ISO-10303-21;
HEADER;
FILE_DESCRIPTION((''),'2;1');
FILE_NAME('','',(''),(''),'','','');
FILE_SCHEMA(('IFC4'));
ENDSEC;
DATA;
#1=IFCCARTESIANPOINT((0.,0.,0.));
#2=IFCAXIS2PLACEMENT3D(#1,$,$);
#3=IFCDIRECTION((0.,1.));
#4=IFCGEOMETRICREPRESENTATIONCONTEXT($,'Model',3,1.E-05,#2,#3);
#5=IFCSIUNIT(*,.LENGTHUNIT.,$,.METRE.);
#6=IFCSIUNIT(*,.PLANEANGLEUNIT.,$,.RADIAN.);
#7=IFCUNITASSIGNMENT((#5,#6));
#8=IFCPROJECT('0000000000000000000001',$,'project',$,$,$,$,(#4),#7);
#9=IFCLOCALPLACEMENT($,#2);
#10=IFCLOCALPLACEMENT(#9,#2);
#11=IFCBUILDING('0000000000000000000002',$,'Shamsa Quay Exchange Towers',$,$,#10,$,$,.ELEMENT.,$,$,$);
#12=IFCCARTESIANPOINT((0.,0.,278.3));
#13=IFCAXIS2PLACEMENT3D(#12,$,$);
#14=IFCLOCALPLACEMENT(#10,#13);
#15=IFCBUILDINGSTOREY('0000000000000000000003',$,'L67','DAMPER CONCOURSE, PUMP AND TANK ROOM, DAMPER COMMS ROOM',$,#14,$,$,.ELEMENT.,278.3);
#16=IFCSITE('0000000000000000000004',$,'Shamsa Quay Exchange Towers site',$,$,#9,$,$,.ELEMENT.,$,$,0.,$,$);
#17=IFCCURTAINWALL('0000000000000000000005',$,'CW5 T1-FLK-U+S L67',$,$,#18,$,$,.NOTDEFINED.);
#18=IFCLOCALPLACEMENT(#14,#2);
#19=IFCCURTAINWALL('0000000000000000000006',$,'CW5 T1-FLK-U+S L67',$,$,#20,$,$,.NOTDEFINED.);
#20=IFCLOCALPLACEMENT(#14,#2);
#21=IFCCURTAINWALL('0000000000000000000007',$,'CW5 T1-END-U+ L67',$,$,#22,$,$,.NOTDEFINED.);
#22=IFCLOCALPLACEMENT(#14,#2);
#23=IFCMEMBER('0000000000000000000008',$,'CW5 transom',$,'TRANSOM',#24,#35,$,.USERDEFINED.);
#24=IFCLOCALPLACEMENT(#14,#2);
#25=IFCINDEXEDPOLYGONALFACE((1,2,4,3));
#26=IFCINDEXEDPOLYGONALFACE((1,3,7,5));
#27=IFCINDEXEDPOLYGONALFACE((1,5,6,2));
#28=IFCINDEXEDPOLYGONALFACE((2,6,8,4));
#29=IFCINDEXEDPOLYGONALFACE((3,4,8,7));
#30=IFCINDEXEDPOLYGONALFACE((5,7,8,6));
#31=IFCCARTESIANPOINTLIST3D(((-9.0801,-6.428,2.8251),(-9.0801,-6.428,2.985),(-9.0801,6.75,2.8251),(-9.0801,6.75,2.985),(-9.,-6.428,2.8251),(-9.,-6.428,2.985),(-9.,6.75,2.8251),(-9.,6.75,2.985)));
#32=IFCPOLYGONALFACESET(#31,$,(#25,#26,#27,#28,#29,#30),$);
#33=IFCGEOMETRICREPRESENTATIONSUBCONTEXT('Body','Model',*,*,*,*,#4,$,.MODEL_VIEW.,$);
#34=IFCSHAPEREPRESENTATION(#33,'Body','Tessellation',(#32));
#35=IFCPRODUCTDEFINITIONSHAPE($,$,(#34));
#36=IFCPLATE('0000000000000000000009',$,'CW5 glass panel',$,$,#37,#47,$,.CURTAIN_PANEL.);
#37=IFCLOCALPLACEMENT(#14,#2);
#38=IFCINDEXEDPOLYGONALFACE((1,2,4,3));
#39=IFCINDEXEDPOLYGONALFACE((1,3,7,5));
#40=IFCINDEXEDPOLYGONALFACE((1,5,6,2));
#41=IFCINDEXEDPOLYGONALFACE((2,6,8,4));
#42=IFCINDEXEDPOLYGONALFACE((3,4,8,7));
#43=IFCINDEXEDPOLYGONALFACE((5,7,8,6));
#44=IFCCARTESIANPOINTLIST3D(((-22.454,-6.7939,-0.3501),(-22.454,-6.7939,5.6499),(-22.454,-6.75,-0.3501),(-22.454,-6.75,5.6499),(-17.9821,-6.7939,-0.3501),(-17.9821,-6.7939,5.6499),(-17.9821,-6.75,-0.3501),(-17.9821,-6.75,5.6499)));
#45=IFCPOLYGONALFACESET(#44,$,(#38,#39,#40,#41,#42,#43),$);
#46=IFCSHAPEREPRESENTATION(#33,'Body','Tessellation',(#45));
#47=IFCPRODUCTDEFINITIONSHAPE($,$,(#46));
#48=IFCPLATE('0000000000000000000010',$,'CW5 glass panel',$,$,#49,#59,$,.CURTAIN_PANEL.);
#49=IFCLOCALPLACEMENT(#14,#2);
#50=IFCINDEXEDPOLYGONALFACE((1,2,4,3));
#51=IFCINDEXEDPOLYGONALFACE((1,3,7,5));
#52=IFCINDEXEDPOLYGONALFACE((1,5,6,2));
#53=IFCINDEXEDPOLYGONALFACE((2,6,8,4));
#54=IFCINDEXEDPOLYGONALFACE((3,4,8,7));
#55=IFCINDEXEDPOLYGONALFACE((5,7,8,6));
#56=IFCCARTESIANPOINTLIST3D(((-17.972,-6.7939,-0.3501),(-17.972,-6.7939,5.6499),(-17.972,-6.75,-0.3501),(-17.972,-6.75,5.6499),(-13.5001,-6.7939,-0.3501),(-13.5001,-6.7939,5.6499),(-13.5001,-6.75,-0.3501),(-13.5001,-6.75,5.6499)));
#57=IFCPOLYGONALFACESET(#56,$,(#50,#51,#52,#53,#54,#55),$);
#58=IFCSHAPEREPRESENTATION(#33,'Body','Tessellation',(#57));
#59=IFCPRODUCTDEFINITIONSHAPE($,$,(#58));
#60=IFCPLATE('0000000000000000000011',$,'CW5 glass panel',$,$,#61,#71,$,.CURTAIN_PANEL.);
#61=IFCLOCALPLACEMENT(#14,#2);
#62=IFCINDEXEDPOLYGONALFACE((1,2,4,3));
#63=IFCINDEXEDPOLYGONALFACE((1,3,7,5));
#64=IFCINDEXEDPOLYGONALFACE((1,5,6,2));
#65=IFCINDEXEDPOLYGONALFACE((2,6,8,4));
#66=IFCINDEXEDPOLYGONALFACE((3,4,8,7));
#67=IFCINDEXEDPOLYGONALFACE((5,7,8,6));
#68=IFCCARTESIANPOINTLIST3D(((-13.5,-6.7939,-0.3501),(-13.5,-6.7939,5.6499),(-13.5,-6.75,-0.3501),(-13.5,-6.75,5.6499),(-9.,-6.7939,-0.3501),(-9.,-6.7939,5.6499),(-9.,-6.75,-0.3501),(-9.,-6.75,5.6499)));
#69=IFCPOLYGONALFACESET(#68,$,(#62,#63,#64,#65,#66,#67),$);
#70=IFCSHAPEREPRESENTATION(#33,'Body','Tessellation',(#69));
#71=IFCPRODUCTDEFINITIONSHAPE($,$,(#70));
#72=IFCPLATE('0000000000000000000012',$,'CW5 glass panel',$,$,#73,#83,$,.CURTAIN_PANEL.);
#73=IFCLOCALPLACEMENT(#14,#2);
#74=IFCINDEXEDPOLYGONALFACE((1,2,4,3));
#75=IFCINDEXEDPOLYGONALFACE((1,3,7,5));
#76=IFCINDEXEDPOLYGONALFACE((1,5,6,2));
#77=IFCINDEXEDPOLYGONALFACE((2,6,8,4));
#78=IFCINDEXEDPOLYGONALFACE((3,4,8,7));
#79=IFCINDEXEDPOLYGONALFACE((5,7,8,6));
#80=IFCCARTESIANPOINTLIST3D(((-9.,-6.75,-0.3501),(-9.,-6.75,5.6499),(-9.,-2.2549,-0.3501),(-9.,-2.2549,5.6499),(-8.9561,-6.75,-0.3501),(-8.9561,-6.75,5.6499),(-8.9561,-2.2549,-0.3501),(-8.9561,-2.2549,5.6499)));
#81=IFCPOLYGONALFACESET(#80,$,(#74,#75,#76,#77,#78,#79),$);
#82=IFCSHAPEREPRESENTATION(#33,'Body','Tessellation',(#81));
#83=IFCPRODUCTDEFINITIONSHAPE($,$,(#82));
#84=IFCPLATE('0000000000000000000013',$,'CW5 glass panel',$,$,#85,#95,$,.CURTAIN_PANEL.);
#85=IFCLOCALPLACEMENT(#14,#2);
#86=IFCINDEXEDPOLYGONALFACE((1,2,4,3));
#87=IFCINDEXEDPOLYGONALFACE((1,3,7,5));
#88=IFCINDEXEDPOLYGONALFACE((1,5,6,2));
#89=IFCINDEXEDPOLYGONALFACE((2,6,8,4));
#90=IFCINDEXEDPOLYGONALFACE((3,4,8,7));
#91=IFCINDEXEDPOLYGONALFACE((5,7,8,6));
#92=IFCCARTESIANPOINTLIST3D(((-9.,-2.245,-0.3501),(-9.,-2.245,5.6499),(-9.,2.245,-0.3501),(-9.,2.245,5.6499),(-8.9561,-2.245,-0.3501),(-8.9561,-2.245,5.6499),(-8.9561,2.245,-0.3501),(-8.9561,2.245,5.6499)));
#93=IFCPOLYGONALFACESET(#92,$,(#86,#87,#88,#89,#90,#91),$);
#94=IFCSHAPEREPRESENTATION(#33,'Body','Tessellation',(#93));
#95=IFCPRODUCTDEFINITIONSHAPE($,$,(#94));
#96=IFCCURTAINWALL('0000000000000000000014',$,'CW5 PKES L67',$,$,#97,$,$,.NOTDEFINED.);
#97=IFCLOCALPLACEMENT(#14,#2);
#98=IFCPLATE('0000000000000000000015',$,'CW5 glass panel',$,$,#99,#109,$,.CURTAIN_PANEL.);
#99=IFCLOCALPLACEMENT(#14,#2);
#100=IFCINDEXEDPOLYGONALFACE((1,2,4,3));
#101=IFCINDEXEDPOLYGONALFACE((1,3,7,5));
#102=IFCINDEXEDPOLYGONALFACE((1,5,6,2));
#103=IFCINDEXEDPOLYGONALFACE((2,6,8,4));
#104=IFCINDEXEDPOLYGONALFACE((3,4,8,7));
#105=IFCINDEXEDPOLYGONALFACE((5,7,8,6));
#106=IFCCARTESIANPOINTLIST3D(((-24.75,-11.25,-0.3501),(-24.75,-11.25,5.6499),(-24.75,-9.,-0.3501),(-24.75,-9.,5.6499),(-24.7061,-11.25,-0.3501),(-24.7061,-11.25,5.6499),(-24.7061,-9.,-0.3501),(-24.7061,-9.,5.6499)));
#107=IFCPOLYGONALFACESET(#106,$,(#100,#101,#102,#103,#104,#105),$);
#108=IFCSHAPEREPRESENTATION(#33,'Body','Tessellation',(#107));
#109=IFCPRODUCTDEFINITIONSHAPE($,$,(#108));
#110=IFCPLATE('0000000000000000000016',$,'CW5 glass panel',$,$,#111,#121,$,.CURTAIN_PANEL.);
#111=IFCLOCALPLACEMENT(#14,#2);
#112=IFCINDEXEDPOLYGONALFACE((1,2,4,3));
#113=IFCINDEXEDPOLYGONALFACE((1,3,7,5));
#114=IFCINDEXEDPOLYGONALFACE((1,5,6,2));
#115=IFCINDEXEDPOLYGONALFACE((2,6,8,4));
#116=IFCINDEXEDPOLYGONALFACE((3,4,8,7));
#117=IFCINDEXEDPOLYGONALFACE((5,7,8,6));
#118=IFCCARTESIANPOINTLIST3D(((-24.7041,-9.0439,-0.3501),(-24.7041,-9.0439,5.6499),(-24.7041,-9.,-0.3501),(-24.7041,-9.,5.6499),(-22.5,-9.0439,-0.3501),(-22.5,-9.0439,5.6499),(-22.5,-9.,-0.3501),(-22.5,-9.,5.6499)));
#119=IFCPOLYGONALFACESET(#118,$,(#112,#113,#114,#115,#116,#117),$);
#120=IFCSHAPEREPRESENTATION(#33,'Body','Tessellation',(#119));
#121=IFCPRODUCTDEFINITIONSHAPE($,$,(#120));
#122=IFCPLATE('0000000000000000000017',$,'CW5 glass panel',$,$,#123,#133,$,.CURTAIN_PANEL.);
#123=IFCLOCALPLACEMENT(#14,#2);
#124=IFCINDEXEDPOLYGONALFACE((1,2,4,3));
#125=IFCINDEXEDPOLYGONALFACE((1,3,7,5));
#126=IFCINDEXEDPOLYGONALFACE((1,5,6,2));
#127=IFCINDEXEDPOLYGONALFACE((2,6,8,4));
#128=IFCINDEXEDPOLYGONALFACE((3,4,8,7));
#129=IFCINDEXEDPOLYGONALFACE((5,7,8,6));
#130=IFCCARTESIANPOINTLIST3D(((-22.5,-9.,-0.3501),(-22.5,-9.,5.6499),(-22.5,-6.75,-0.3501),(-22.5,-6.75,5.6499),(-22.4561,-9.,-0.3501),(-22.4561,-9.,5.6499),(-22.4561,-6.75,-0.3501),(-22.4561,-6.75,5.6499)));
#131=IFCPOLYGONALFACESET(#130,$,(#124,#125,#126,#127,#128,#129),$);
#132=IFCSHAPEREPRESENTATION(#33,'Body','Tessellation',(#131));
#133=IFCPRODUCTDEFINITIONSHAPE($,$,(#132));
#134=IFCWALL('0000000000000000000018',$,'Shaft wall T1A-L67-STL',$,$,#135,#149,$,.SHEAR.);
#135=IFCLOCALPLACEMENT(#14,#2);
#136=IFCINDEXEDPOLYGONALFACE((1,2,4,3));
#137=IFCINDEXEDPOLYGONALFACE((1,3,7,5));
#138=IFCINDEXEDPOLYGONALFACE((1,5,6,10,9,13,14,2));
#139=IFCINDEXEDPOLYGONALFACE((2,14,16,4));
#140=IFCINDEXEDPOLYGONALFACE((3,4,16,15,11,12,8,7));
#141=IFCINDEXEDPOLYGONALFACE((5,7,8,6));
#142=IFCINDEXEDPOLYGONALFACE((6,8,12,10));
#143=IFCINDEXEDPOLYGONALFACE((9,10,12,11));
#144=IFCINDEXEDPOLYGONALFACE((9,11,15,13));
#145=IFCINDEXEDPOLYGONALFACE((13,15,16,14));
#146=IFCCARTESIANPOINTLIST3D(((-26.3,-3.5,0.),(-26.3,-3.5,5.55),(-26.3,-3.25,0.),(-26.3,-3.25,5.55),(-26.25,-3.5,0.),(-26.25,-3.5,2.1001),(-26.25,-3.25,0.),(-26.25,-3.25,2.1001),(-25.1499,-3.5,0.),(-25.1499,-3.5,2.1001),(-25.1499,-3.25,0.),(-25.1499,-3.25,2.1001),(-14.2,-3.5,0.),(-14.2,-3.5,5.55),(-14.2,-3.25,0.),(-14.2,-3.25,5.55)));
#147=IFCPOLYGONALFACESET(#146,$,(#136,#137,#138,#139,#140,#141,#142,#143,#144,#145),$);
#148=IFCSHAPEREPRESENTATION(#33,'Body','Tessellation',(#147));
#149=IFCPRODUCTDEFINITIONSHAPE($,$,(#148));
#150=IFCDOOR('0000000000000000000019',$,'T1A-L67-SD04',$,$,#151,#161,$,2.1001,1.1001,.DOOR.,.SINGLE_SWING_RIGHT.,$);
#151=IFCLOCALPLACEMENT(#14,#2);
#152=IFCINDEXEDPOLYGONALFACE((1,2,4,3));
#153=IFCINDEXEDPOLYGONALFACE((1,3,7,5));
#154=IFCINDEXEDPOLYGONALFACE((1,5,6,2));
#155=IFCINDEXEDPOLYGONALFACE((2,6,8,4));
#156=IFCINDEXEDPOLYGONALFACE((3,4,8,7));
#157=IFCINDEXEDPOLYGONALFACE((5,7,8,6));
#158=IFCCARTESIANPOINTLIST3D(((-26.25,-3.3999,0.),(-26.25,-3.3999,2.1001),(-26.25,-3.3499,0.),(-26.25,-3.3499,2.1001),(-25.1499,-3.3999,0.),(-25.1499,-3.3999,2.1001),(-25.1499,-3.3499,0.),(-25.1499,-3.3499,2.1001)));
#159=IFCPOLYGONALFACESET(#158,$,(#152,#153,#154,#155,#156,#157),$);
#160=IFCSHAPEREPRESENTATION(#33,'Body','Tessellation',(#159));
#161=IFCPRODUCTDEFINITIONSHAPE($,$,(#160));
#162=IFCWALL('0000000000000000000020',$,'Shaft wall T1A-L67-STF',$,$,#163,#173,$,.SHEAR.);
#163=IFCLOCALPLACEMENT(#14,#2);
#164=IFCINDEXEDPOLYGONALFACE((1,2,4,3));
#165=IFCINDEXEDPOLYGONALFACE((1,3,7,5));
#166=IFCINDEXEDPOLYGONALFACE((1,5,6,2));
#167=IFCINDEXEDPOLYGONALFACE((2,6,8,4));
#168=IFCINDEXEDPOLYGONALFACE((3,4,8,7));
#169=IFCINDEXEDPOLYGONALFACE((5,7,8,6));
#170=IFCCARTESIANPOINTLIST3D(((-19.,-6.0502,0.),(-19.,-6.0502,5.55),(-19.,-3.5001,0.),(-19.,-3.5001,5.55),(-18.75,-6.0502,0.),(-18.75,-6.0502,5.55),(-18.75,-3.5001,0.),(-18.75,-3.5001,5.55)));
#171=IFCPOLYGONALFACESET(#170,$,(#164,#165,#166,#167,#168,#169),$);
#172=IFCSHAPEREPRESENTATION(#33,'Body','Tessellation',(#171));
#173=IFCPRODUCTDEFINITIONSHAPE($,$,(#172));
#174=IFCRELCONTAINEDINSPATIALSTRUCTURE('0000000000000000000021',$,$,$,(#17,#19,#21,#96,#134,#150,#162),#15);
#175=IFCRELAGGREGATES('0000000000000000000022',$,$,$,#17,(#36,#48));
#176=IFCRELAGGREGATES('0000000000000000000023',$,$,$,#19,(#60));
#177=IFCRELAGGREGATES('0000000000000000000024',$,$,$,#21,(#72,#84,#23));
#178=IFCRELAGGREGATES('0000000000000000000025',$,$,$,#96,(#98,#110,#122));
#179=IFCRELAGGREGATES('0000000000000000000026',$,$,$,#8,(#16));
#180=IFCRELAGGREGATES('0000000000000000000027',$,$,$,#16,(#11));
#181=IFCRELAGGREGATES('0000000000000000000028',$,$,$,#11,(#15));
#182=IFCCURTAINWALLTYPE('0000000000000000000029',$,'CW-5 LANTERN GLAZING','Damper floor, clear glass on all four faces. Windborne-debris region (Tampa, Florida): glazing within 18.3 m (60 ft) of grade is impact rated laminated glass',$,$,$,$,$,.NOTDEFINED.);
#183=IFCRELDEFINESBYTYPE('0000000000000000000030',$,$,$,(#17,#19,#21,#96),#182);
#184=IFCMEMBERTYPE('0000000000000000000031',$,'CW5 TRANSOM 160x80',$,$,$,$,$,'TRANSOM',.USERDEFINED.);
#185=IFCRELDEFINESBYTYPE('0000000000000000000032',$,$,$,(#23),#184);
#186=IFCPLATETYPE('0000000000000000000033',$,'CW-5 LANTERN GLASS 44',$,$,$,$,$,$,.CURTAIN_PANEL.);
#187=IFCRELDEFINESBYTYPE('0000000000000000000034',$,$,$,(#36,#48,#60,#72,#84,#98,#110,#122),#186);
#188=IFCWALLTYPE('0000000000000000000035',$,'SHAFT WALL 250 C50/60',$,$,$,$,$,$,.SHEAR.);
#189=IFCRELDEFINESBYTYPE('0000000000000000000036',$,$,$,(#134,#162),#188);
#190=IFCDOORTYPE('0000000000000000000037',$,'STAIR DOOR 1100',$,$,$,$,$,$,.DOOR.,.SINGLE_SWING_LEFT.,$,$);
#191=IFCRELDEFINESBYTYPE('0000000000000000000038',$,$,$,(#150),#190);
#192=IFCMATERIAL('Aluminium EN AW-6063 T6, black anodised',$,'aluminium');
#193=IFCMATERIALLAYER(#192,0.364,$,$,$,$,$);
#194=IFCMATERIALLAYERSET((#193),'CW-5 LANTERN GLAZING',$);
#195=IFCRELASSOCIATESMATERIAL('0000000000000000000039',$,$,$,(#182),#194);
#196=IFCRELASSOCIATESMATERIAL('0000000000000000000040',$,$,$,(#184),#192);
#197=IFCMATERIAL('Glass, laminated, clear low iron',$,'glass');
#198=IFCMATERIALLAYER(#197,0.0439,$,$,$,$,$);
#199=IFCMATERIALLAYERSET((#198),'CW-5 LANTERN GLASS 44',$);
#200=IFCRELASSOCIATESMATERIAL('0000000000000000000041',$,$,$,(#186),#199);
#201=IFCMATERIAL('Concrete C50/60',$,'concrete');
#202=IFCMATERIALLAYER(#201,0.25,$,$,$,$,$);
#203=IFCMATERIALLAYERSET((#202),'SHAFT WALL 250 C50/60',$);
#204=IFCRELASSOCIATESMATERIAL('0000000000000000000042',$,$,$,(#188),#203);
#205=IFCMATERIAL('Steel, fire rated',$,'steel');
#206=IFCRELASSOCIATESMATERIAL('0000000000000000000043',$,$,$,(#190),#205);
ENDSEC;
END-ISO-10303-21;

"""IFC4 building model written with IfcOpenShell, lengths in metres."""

from ifc_helpers import new_model, si_unit, direction, frame, frame_2d, origin, origin_2d, place, context, subcontext, project, spatial, rectangle, extrude, material, layer, layer_set, material_profile, profile_set, type_object, element, fill, aggregate, save


model = new_model("IFC4")

# Units and contexts
model_context = context("Model", 3, precision=1e-05, world=origin(), true_north=direction((0.0, 1.0)))
body_context = subcontext(model_context, "Body", "Model", "MODEL_VIEW")
ifc_project = project(units=[si_unit("LENGTHUNIT", "METRE"), si_unit("PLANEANGLEUNIT", "RADIAN")], contexts=[model_context])

# Site, building, storey
site_placement = place(None, origin())
site = spatial("IfcSite", under=ifc_project, at=site_placement, Name="Shamsa Quay Exchange Towers site", CompositionType="ELEMENT", RefElevation=0.0)
building_placement = place(site_placement, origin())
building = spatial("IfcBuilding", under=site, at=building_placement, Name="Shamsa Quay Exchange Towers", CompositionType="ELEMENT")
storey_placement = place(building_placement, frame((0.0, 0.0, 278.3)))
storey = spatial("IfcBuildingStorey", under=building, at=storey_placement, Name="L67", Description="DAMPER CONCOURSE, PUMP AND TANK ROOM, DAMPER COMMS ROOM", CompositionType="ELEMENT", Elevation=278.3)

# Curtain walls
ifc_material_1 = material(Name="Aluminium EN AW-6063 T6, black anodised", Category="aluminium")
ifc_layer_1 = layer(ifc_material_1, 0.364)
ifc_layer_set_1 = layer_set([ifc_layer_1], Name="CW-5 LANTERN GLAZING")
curtain_wall_type = type_object("IfcCurtainWallType", Name="CW-5 LANTERN GLAZING", Description="Damper floor, clear glass on all four faces. Windborne-debris region (Tampa, Florida): glazing within 18.3 m (60 ft) of grade is impact rated laminated glass", PredefinedType="NOTDEFINED", material=ifc_layer_set_1)
curtain_wall_1_placement = place(storey_placement, origin())
curtain_wall_1 = element("IfcCurtainWall", 1, at=curtain_wall_1_placement, inside=storey, type_object=curtain_wall_type, Name="CW5 T1-FLK-U+S L67", PredefinedType="NOTDEFINED")
curtain_wall_2_placement = place(storey_placement, origin())
curtain_wall_2 = element("IfcCurtainWall", 2, at=curtain_wall_2_placement, inside=storey, type_object=curtain_wall_type, Name="CW5 T1-FLK-U+S L67", PredefinedType="NOTDEFINED")
curtain_wall_3_placement = place(storey_placement, origin())
curtain_wall_3 = element("IfcCurtainWall", 3, at=curtain_wall_3_placement, inside=storey, type_object=curtain_wall_type, Name="CW5 T1-END-U+ L67", PredefinedType="NOTDEFINED")

# Member
ifc_material_profile_1 = material_profile(ifc_material_1, rectangle(XDim=0.0801, YDim=0.1599, at=origin_2d()), Name="TR160x80")
ifc_profile_set_1 = profile_set([ifc_material_profile_1], Name="Aluminium EN AW-6063 T6, black anodised")
member_type_1 = type_object("IfcMemberType", Name="CW5 TRANSOM 160x80", ElementType="TRANSOM", PredefinedType="USERDEFINED", material=ifc_profile_set_1)
member_1_placement = place(storey_placement, frame((-9.04, -6.428, 2.905), z_axis=(0.0, 1.0, 0.0), x_axis=(-1.0, 0.0, 0.0)))
member_1 = element("IfcMember", 4, at=member_1_placement, type_object=member_type_1, Name="CW5 transom", ObjectType="TRANSOM", PredefinedType="USERDEFINED", context=body_context, shape_type="SweptSolid", body=[
    extrude(rectangle(XDim=0.0801, YDim=0.1599, at=origin_2d()), origin(), (0.0, 0.0, 1.0), 13.178),
])

# Plates
ifc_material_2 = material(Name="Glass, laminated, clear low iron", Category="glass")
ifc_layer_2 = layer(ifc_material_2, 0.0439)
ifc_layer_set_2 = layer_set([ifc_layer_2], Name="CW-5 LANTERN GLASS 44")
plate_type = type_object("IfcPlateType", Name="CW-5 LANTERN GLASS 44", PredefinedType="CURTAIN_PANEL", material=ifc_layer_set_2)
plate_1_placement = place(storey_placement, frame((-20.218, -6.772, -0.3501)))
plate_1 = element("IfcPlate", 5, at=plate_1_placement, type_object=plate_type, Name="CW5 glass panel", PredefinedType="CURTAIN_PANEL", context=body_context, shape_type="SweptSolid", body=[
    extrude(rectangle(XDim=4.4719, YDim=0.0439, at=origin_2d()), origin(), (0.0, 0.0, 1.0), 6.0),
])
plate_2_placement = place(storey_placement, frame((-15.7361, -6.772, -0.3501)))
plate_2 = element("IfcPlate", 6, at=plate_2_placement, type_object=plate_type, Name="CW5 glass panel", PredefinedType="CURTAIN_PANEL", context=body_context, shape_type="SweptSolid", body=[
    extrude(rectangle(XDim=4.4719, YDim=0.0439, at=origin_2d()), origin(), (0.0, 0.0, 1.0), 6.0),
])
aggregate(curtain_wall_1, [plate_1, plate_2])
plate_3_placement = place(storey_placement, frame((-11.25, -6.772, -0.3501)))
plate_3 = element("IfcPlate", 7, at=plate_3_placement, type_object=plate_type, Name="CW5 glass panel", PredefinedType="CURTAIN_PANEL", context=body_context, shape_type="SweptSolid", body=[
    extrude(rectangle(XDim=4.5, YDim=0.0439, at=origin_2d()), origin(), (0.0, 0.0, 1.0), 6.0),
])
aggregate(curtain_wall_2, [plate_3])
plate_4_placement = place(storey_placement, frame((-8.978, -4.5024, -0.3501), z_axis=(0.0, 0.0, 1.0), x_axis=(0.0, 1.0, 0.0)))
plate_4 = element("IfcPlate", 8, at=plate_4_placement, type_object=plate_type, Name="CW5 glass panel", PredefinedType="CURTAIN_PANEL", context=body_context, shape_type="SweptSolid", body=[
    extrude(rectangle(XDim=4.4951, YDim=0.0439, at=origin_2d()), origin(), (0.0, 0.0, 1.0), 6.0),
])
plate_5_placement = place(storey_placement, frame((-8.978, 0.0, -0.3501), z_axis=(0.0, 0.0, 1.0), x_axis=(0.0, 1.0, 0.0)))
plate_5 = element("IfcPlate", 9, at=plate_5_placement, type_object=plate_type, Name="CW5 glass panel", PredefinedType="CURTAIN_PANEL", context=body_context, shape_type="SweptSolid", body=[
    extrude(rectangle(XDim=4.49, YDim=0.0439, at=origin_2d()), origin(), (0.0, 0.0, 1.0), 6.0),
])
aggregate(curtain_wall_3, [plate_4, plate_5, member_1])

# Curtain wall, plates
curtain_wall_4_placement = place(storey_placement, origin())
curtain_wall_4 = element("IfcCurtainWall", 10, at=curtain_wall_4_placement, inside=storey, type_object=curtain_wall_type, Name="CW5 PKES L67", PredefinedType="NOTDEFINED")
plate_6_placement = place(storey_placement, frame((-24.728, -10.125, -0.3501), z_axis=(0.0, 0.0, 1.0), x_axis=(0.0, 1.0, 0.0)))
plate_6 = element("IfcPlate", 11, at=plate_6_placement, type_object=plate_type, Name="CW5 glass panel", PredefinedType="CURTAIN_PANEL", context=body_context, shape_type="SweptSolid", body=[
    extrude(rectangle(XDim=2.25, YDim=0.0439, at=origin_2d()), origin(), (0.0, 0.0, 1.0), 6.0),
])
plate_7_placement = place(storey_placement, frame((-23.6021, -9.022, -0.3501)))
plate_7 = element("IfcPlate", 12, at=plate_7_placement, type_object=plate_type, Name="CW5 glass panel", PredefinedType="CURTAIN_PANEL", context=body_context, shape_type="SweptSolid", body=[
    extrude(rectangle(XDim=2.2041, YDim=0.0439, at=origin_2d()), origin(), (0.0, 0.0, 1.0), 6.0),
])
plate_8_placement = place(storey_placement, frame((-22.478, -7.875, -0.3501), z_axis=(0.0, 0.0, 1.0), x_axis=(0.0, 1.0, 0.0)))
plate_8 = element("IfcPlate", 13, at=plate_8_placement, type_object=plate_type, Name="CW5 glass panel", PredefinedType="CURTAIN_PANEL", context=body_context, shape_type="SweptSolid", body=[
    extrude(rectangle(XDim=2.25, YDim=0.0439, at=origin_2d()), origin(), (0.0, 0.0, 1.0), 6.0),
])
aggregate(curtain_wall_4, [plate_6, plate_7, plate_8])

# Wall, opening, door
ifc_material_3 = material(Name="Concrete C50/60", Category="concrete")
ifc_layer_3 = layer(ifc_material_3, 0.25)
ifc_layer_set_3 = layer_set([ifc_layer_3], Name="SHAFT WALL 250 C50/60")
wall_type = type_object("IfcWallType", Name="SHAFT WALL 250 C50/60", PredefinedType="SHEAR", material=ifc_layer_set_3)
wall_1_placement = place(storey_placement, frame((-14.2, -3.375, 0.0), z_axis=(0.0, 0.0, 1.0), x_axis=(-1.0, 0.0, 0.0)))
wall_1 = element("IfcWall", 14, at=wall_1_placement, inside=storey, type_object=wall_type, Name="Shaft wall T1A-L67-STL", PredefinedType="SHEAR", context=body_context, shape_type="SweptSolid", body=[
    extrude(rectangle(XDim=12.1001, YDim=0.25, at=frame_2d((6.05, 0.0))), origin(), (0.0, 0.0, 1.0), 5.55),
])
opening_1_placement = place(wall_1_placement, frame((10.95, 0.0, 0.0)))
opening_1 = element("IfcOpeningElement", 15, at=opening_1_placement, cuts=wall_1, PredefinedType="OPENING", context=body_context, shape_type="SweptSolid", body=[
    extrude(rectangle(XDim=1.1001, YDim=2.1001, at=frame_2d((0.55, 1.05))), frame((0.0, 0.135, 0.0), z_axis=(0.0, -1.0, 0.0), x_axis=(1.0, 0.0, 0.0)), (0.0, 0.0, 1.0), 0.27),
])
ifc_material_4 = material(Name="Steel, fire rated", Category="steel")
door_type_1 = type_object("IfcDoorType", Name="STAIR DOOR 1100", OperationType="SINGLE_SWING_LEFT", PredefinedType="DOOR", material=ifc_material_4)
door_1_placement = place(opening_1_placement, origin())
door_1 = element("IfcDoor", 16, at=door_1_placement, inside=storey, type_object=door_type_1, Name="T1A-L67-SD04", OperationType="SINGLE_SWING_RIGHT", OverallHeight=2.1001, OverallWidth=1.1001, PredefinedType="DOOR", context=body_context, shape_type="SweptSolid", body=[
    extrude(rectangle(XDim=1.1001, YDim=2.1001, at=frame_2d((0.55, 1.05))), frame((0.0, 0.0249, 0.0), z_axis=(0.0, -1.0, 0.0), x_axis=(1.0, 0.0, 0.0)), (0.0, 0.0, 1.0), 0.05),
])
fill(opening_1, door_1)

# Wall
wall_2_placement = place(storey_placement, frame((-18.875, -6.05, 0.0), z_axis=(0.0, 0.0, 1.0), x_axis=(0.0, 1.0, 0.0)))
element("IfcWall", 17, at=wall_2_placement, inside=storey, type_object=wall_type, Name="Shaft wall T1A-L67-STF", PredefinedType="SHEAR", context=body_context, shape_type="SweptSolid", body=[
    extrude(rectangle(XDim=2.55, YDim=0.25, at=frame_2d((1.2749, 0.0))), origin(), (0.0, 0.0, 1.0), 5.55),
])

save(model, "model.ifc")
